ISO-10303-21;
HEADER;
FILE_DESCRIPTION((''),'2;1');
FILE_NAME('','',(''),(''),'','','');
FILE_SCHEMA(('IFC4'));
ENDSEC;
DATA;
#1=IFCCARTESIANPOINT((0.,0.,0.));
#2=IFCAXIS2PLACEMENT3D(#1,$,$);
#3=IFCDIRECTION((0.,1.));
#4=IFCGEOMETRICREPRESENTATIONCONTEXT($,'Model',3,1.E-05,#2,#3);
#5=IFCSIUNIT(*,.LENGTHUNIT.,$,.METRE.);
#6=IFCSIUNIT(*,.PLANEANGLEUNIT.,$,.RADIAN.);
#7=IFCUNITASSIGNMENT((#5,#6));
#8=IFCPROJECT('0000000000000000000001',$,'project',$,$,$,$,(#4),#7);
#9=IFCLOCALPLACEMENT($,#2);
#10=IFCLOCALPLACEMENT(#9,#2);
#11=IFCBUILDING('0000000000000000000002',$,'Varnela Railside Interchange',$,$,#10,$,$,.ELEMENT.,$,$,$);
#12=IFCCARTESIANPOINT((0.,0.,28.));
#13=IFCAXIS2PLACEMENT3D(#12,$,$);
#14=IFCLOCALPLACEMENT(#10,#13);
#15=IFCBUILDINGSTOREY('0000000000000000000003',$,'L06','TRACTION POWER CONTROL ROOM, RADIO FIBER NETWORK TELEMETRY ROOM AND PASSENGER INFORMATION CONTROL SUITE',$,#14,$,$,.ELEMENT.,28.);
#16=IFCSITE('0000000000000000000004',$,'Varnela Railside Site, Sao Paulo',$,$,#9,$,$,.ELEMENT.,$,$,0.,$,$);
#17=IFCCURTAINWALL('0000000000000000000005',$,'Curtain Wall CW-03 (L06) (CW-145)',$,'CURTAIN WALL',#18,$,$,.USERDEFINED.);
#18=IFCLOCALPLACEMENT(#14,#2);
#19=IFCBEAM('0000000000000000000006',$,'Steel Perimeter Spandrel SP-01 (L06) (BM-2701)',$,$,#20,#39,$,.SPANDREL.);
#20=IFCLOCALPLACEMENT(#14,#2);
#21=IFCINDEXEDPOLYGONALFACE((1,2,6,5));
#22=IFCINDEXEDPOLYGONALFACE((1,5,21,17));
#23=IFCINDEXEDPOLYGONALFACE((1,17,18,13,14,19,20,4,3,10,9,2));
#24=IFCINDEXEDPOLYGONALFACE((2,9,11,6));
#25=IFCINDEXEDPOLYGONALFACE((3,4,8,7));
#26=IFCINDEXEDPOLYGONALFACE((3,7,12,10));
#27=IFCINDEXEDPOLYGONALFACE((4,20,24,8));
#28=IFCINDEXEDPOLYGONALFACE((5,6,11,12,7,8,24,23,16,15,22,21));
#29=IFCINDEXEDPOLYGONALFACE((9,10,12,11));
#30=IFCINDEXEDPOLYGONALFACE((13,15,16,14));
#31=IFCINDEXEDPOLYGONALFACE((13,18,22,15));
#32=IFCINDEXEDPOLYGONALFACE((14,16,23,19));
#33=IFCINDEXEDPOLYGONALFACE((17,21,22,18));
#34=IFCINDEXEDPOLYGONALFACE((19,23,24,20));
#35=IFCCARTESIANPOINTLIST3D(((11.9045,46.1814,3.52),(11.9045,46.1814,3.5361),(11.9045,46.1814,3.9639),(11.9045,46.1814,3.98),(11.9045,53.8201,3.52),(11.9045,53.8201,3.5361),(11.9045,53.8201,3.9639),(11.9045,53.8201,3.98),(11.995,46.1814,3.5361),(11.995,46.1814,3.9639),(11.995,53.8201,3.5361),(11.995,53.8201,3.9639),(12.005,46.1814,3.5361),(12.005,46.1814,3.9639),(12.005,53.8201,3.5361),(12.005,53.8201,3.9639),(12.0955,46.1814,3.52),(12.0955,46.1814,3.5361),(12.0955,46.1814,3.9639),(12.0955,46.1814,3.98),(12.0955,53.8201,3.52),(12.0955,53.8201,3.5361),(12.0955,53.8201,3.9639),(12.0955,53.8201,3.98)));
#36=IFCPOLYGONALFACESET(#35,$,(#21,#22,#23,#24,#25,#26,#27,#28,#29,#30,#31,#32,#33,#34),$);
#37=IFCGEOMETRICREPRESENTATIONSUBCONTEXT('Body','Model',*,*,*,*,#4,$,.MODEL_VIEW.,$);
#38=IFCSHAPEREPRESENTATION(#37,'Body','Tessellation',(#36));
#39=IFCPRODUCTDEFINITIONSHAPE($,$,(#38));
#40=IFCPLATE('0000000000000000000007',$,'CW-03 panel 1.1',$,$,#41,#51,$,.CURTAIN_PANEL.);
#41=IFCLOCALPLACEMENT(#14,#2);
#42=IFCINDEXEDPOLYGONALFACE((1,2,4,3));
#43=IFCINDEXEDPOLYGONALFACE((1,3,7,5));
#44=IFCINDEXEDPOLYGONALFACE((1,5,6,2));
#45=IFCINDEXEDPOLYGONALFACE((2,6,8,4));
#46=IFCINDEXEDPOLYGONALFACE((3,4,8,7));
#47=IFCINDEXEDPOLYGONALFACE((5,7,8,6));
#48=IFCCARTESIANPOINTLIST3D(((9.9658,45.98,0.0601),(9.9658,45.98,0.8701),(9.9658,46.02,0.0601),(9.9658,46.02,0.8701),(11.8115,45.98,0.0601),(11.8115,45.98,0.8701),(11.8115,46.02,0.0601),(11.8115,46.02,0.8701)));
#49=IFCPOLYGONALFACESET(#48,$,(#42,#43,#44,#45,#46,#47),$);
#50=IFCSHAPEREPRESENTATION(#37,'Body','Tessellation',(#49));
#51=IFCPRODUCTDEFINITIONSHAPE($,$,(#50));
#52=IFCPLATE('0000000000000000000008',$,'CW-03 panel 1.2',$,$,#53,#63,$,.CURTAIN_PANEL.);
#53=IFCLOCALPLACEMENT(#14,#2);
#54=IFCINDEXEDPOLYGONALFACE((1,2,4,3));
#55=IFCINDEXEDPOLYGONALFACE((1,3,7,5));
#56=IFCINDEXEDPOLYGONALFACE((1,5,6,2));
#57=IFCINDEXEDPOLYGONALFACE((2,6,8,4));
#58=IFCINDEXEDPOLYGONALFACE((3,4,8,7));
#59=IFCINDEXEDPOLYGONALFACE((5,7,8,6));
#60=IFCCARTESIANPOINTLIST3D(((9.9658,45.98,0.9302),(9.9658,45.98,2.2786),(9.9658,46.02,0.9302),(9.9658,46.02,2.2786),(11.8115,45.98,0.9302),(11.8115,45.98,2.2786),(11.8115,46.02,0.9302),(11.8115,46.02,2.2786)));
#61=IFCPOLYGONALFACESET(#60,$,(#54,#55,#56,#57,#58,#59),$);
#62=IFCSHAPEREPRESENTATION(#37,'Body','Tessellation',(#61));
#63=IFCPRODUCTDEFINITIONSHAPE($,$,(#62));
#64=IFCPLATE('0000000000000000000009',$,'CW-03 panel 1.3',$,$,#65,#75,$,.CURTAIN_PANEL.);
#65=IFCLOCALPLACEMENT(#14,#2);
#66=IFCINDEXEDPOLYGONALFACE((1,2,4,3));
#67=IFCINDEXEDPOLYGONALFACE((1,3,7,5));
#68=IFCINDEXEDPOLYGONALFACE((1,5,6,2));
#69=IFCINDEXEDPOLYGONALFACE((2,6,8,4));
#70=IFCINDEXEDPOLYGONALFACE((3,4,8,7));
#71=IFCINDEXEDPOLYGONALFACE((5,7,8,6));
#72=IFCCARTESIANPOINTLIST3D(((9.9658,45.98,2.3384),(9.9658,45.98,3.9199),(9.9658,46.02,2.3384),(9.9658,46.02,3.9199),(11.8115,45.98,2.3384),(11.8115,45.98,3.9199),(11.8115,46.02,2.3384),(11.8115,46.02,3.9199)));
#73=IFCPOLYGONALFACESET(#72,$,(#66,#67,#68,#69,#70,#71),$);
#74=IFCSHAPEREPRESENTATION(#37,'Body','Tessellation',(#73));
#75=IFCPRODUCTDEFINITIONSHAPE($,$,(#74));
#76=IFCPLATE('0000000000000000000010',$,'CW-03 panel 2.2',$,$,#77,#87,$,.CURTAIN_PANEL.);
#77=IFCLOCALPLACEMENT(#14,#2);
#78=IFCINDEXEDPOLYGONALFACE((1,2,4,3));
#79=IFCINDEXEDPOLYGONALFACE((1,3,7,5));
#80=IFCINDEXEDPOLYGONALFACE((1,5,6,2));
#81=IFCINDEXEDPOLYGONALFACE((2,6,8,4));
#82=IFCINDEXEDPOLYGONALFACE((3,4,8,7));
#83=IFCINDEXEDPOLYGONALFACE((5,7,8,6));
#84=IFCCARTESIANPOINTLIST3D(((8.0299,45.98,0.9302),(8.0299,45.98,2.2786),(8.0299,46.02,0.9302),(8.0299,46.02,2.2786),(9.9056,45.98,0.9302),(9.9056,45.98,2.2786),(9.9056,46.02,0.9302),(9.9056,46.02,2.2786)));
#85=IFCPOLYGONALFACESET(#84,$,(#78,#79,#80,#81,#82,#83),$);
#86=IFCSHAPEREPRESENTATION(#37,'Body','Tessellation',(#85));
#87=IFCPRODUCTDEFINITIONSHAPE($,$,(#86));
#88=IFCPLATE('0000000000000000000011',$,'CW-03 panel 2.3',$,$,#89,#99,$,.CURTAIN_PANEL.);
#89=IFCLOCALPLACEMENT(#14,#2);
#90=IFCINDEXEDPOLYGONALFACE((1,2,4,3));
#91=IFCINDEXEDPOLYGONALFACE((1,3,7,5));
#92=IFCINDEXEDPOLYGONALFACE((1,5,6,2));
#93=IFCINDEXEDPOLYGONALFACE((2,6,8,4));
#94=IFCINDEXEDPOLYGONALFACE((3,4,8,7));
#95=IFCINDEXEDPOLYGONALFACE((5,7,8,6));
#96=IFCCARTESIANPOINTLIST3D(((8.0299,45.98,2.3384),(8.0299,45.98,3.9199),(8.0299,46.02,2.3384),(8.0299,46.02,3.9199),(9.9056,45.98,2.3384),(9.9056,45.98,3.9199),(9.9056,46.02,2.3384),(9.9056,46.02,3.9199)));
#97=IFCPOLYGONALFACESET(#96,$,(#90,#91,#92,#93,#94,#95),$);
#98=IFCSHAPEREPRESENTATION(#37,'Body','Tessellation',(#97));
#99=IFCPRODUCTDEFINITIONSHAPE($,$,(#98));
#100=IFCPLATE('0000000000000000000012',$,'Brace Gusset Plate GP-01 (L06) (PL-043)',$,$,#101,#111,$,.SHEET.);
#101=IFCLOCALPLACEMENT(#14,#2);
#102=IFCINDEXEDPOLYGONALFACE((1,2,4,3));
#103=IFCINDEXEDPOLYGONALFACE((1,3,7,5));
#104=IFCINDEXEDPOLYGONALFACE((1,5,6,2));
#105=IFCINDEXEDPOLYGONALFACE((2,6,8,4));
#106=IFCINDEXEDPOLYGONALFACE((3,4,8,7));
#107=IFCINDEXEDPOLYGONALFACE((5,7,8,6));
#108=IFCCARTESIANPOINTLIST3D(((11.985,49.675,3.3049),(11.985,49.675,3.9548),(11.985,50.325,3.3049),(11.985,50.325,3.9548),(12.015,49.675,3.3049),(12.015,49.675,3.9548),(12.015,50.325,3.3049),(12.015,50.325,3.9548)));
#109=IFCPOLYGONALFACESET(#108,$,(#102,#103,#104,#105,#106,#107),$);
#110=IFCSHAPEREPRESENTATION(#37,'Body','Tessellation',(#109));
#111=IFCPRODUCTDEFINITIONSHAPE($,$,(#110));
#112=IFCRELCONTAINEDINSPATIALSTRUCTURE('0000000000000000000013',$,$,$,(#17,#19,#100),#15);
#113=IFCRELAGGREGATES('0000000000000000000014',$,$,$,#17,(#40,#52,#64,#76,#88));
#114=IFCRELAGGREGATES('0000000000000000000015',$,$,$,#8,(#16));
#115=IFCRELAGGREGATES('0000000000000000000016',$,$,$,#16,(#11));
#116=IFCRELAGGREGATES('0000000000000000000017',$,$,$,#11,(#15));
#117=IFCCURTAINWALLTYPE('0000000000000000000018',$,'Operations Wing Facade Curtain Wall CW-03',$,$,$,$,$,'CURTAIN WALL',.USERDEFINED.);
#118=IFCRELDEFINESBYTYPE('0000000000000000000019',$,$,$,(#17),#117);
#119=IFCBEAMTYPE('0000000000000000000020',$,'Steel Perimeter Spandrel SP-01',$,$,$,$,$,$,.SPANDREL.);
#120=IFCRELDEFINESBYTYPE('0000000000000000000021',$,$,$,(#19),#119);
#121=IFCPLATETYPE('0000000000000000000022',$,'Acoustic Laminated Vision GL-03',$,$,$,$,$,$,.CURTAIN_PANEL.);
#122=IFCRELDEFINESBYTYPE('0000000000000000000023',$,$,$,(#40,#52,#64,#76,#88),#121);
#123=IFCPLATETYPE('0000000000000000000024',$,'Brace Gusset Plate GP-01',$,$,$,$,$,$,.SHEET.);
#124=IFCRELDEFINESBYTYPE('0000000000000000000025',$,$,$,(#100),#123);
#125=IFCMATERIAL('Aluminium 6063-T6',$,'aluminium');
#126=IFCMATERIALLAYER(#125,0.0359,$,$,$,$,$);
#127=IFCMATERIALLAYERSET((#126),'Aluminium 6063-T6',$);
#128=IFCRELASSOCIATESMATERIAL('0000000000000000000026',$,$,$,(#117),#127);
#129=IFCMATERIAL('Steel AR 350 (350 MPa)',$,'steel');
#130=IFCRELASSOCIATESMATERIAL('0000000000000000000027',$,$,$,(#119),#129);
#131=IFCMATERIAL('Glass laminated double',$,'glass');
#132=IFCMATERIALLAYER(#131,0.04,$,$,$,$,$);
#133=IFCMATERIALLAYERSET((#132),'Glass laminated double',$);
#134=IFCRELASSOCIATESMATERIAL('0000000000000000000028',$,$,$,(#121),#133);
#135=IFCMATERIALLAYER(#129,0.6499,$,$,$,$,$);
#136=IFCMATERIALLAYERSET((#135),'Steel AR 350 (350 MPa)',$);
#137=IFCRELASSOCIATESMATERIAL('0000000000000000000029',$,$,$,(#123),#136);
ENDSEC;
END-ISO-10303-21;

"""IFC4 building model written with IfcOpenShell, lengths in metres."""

from ifc_helpers import new_model, si_unit, direction, frame, origin, origin_2d, place, context, subcontext, project, spatial, rectangle, i_section, extrude, material, layer, layer_set, material_profile, profile_set, type_object, element, aggregate, save


model = new_model("IFC4")

# Units and contexts
model_context = context("Model", 3, precision=1e-05, world=origin(), true_north=direction((0.0, 1.0)))
body_context = subcontext(model_context, "Body", "Model", "MODEL_VIEW")
ifc_project = project(units=[si_unit("LENGTHUNIT", "METRE"), si_unit("PLANEANGLEUNIT", "RADIAN")], contexts=[model_context])

# Site, building, storey
site_placement = place(None, origin())
site = spatial("IfcSite", under=ifc_project, at=site_placement, Name="Varnela Railside Site, Sao Paulo", CompositionType="ELEMENT", RefElevation=0.0)
building_placement = place(site_placement, origin())
building = spatial("IfcBuilding", under=site, at=building_placement, Name="Varnela Railside Interchange", CompositionType="ELEMENT")
storey_placement = place(building_placement, frame((0.0, 0.0, 28.0)))
storey = spatial("IfcBuildingStorey", under=building, at=storey_placement, Name="L06", Description="TRACTION POWER CONTROL ROOM, RADIO FIBER NETWORK TELEMETRY ROOM AND PASSENGER INFORMATION CONTROL SUITE", CompositionType="ELEMENT", Elevation=28.0)

# Shared definitions
ifc_material_1 = material(Name="Steel AR 350 (350 MPa)", Category="steel")

# Curtain wall
ifc_material_2 = material(Name="Aluminium 6063-T6", Category="aluminium")
ifc_layer_1 = layer(ifc_material_2, 0.0359)
ifc_layer_set_1 = layer_set([ifc_layer_1], Name="Aluminium 6063-T6")
curtain_wall_type = type_object("IfcCurtainWallType", Name="Operations Wing Facade Curtain Wall CW-03", ElementType="CURTAIN WALL", PredefinedType="USERDEFINED", material=ifc_layer_set_1)
curtain_wall_placement = place(storey_placement, origin())
curtain_wall = element("IfcCurtainWall", 1, at=curtain_wall_placement, inside=storey, type_object=curtain_wall_type, Name="Curtain Wall CW-03 (L06) (CW-145)", ObjectType="CURTAIN WALL", PredefinedType="USERDEFINED")

# Beam
ifc_material_profile_1 = material_profile(ifc_material_1, i_section(OverallWidth=0.1909, OverallDepth=0.46, WebThickness=0.01, FlangeThickness=0.0161, at=origin_2d()), Name="W460x82")
ifc_profile_set_1 = profile_set([ifc_material_profile_1], Name="Steel AR 350 (350 MPa)")
beam_type_1 = type_object("IfcBeamType", Name="Steel Perimeter Spandrel SP-01", PredefinedType="SPANDREL", material=ifc_profile_set_1)
beam_1_placement = place(storey_placement, frame((12.0, 46.1814, 3.75), z_axis=(0.0, 1.0, 0.0), x_axis=(-1.0, 0.0, 0.0)))
element("IfcBeam", 2, at=beam_1_placement, inside=storey, type_object=beam_type_1, Name="Steel Perimeter Spandrel SP-01 (L06) (BM-2701)", PredefinedType="SPANDREL", context=body_context, shape_type="SweptSolid", body=[
    extrude(i_section(OverallWidth=0.1909, OverallDepth=0.46, WebThickness=0.01, FlangeThickness=0.0161, at=origin_2d()), origin(), (0.0, 0.0, 1.0), 7.6387),
])

# Plates
ifc_material_3 = material(Name="Glass laminated double", Category="glass")
ifc_layer_2 = layer(ifc_material_3, 0.04)
ifc_layer_set_2 = layer_set([ifc_layer_2], Name="Glass laminated double")
plate_type_1 = type_object("IfcPlateType", Name="Acoustic Laminated Vision GL-03", PredefinedType="CURTAIN_PANEL", material=ifc_layer_set_2)
plate_1_placement = place(storey_placement, frame((10.8887, 46.0, 0.0601), z_axis=(0.0, 0.0, 1.0), x_axis=(-1.0, 0.0, 0.0)))
plate_1 = element("IfcPlate", 3, at=plate_1_placement, type_object=plate_type_1, Name="CW-03 panel 1.1", PredefinedType="CURTAIN_PANEL", context=body_context, shape_type="SweptSolid", body=[
    extrude(rectangle(XDim=1.8457, YDim=0.04, at=origin_2d()), origin(), (0.0, 0.0, 1.0), 0.8101),
])
plate_2_placement = place(storey_placement, frame((10.8887, 46.0, 0.9302), z_axis=(0.0, 0.0, 1.0), x_axis=(-1.0, 0.0, 0.0)))
plate_2 = element("IfcPlate", 4, at=plate_2_placement, type_object=plate_type_1, Name="CW-03 panel 1.2", PredefinedType="CURTAIN_PANEL", context=body_context, shape_type="SweptSolid", body=[
    extrude(rectangle(XDim=1.8457, YDim=0.04, at=origin_2d()), origin(), (0.0, 0.0, 1.0), 1.3484),
])
plate_3_placement = place(storey_placement, frame((10.8887, 46.0, 2.3384), z_axis=(0.0, 0.0, 1.0), x_axis=(-1.0, 0.0, 0.0)))
plate_3 = element("IfcPlate", 5, at=plate_3_placement, type_object=plate_type_1, Name="CW-03 panel 1.3", PredefinedType="CURTAIN_PANEL", context=body_context, shape_type="SweptSolid", body=[
    extrude(rectangle(XDim=1.8457, YDim=0.04, at=origin_2d()), origin(), (0.0, 0.0, 1.0), 1.5815),
])
plate_4_placement = place(storey_placement, frame((8.9678, 46.0, 0.9302), z_axis=(0.0, 0.0, 1.0), x_axis=(-1.0, 0.0, 0.0)))
plate_4 = element("IfcPlate", 6, at=plate_4_placement, type_object=plate_type_1, Name="CW-03 panel 2.2", PredefinedType="CURTAIN_PANEL", context=body_context, shape_type="SweptSolid", body=[
    extrude(rectangle(XDim=1.8757, YDim=0.04, at=origin_2d()), origin(), (0.0, 0.0, 1.0), 1.3484),
])
plate_5_placement = place(storey_placement, frame((8.9678, 46.0, 2.3384), z_axis=(0.0, 0.0, 1.0), x_axis=(-1.0, 0.0, 0.0)))
plate_5 = element("IfcPlate", 7, at=plate_5_placement, type_object=plate_type_1, Name="CW-03 panel 2.3", PredefinedType="CURTAIN_PANEL", context=body_context, shape_type="SweptSolid", body=[
    extrude(rectangle(XDim=1.8757, YDim=0.04, at=origin_2d()), origin(), (0.0, 0.0, 1.0), 1.5815),
])
aggregate(curtain_wall, [plate_1, plate_2, plate_3, plate_4, plate_5])
ifc_layer_3 = layer(ifc_material_1, 0.6499)
ifc_layer_set_3 = layer_set([ifc_layer_3], Name="Steel AR 350 (350 MPa)")
plate_type_2 = type_object("IfcPlateType", Name="Brace Gusset Plate GP-01", PredefinedType="SHEET", material=ifc_layer_set_3)
plate_6_placement = place(storey_placement, frame((12.0, 50.0, 3.3049), z_axis=(0.0, 0.0, 1.0), x_axis=(0.0, 1.0, 0.0)))
element("IfcPlate", 8, at=plate_6_placement, inside=storey, type_object=plate_type_2, Name="Brace Gusset Plate GP-01 (L06) (PL-043)", PredefinedType="SHEET", context=body_context, shape_type="SweptSolid", body=[
    extrude(rectangle(XDim=0.6499, YDim=0.03, at=origin_2d()), origin(), (0.0, 0.0, 1.0), 0.6499),
])

save(model, "model.ifc")
